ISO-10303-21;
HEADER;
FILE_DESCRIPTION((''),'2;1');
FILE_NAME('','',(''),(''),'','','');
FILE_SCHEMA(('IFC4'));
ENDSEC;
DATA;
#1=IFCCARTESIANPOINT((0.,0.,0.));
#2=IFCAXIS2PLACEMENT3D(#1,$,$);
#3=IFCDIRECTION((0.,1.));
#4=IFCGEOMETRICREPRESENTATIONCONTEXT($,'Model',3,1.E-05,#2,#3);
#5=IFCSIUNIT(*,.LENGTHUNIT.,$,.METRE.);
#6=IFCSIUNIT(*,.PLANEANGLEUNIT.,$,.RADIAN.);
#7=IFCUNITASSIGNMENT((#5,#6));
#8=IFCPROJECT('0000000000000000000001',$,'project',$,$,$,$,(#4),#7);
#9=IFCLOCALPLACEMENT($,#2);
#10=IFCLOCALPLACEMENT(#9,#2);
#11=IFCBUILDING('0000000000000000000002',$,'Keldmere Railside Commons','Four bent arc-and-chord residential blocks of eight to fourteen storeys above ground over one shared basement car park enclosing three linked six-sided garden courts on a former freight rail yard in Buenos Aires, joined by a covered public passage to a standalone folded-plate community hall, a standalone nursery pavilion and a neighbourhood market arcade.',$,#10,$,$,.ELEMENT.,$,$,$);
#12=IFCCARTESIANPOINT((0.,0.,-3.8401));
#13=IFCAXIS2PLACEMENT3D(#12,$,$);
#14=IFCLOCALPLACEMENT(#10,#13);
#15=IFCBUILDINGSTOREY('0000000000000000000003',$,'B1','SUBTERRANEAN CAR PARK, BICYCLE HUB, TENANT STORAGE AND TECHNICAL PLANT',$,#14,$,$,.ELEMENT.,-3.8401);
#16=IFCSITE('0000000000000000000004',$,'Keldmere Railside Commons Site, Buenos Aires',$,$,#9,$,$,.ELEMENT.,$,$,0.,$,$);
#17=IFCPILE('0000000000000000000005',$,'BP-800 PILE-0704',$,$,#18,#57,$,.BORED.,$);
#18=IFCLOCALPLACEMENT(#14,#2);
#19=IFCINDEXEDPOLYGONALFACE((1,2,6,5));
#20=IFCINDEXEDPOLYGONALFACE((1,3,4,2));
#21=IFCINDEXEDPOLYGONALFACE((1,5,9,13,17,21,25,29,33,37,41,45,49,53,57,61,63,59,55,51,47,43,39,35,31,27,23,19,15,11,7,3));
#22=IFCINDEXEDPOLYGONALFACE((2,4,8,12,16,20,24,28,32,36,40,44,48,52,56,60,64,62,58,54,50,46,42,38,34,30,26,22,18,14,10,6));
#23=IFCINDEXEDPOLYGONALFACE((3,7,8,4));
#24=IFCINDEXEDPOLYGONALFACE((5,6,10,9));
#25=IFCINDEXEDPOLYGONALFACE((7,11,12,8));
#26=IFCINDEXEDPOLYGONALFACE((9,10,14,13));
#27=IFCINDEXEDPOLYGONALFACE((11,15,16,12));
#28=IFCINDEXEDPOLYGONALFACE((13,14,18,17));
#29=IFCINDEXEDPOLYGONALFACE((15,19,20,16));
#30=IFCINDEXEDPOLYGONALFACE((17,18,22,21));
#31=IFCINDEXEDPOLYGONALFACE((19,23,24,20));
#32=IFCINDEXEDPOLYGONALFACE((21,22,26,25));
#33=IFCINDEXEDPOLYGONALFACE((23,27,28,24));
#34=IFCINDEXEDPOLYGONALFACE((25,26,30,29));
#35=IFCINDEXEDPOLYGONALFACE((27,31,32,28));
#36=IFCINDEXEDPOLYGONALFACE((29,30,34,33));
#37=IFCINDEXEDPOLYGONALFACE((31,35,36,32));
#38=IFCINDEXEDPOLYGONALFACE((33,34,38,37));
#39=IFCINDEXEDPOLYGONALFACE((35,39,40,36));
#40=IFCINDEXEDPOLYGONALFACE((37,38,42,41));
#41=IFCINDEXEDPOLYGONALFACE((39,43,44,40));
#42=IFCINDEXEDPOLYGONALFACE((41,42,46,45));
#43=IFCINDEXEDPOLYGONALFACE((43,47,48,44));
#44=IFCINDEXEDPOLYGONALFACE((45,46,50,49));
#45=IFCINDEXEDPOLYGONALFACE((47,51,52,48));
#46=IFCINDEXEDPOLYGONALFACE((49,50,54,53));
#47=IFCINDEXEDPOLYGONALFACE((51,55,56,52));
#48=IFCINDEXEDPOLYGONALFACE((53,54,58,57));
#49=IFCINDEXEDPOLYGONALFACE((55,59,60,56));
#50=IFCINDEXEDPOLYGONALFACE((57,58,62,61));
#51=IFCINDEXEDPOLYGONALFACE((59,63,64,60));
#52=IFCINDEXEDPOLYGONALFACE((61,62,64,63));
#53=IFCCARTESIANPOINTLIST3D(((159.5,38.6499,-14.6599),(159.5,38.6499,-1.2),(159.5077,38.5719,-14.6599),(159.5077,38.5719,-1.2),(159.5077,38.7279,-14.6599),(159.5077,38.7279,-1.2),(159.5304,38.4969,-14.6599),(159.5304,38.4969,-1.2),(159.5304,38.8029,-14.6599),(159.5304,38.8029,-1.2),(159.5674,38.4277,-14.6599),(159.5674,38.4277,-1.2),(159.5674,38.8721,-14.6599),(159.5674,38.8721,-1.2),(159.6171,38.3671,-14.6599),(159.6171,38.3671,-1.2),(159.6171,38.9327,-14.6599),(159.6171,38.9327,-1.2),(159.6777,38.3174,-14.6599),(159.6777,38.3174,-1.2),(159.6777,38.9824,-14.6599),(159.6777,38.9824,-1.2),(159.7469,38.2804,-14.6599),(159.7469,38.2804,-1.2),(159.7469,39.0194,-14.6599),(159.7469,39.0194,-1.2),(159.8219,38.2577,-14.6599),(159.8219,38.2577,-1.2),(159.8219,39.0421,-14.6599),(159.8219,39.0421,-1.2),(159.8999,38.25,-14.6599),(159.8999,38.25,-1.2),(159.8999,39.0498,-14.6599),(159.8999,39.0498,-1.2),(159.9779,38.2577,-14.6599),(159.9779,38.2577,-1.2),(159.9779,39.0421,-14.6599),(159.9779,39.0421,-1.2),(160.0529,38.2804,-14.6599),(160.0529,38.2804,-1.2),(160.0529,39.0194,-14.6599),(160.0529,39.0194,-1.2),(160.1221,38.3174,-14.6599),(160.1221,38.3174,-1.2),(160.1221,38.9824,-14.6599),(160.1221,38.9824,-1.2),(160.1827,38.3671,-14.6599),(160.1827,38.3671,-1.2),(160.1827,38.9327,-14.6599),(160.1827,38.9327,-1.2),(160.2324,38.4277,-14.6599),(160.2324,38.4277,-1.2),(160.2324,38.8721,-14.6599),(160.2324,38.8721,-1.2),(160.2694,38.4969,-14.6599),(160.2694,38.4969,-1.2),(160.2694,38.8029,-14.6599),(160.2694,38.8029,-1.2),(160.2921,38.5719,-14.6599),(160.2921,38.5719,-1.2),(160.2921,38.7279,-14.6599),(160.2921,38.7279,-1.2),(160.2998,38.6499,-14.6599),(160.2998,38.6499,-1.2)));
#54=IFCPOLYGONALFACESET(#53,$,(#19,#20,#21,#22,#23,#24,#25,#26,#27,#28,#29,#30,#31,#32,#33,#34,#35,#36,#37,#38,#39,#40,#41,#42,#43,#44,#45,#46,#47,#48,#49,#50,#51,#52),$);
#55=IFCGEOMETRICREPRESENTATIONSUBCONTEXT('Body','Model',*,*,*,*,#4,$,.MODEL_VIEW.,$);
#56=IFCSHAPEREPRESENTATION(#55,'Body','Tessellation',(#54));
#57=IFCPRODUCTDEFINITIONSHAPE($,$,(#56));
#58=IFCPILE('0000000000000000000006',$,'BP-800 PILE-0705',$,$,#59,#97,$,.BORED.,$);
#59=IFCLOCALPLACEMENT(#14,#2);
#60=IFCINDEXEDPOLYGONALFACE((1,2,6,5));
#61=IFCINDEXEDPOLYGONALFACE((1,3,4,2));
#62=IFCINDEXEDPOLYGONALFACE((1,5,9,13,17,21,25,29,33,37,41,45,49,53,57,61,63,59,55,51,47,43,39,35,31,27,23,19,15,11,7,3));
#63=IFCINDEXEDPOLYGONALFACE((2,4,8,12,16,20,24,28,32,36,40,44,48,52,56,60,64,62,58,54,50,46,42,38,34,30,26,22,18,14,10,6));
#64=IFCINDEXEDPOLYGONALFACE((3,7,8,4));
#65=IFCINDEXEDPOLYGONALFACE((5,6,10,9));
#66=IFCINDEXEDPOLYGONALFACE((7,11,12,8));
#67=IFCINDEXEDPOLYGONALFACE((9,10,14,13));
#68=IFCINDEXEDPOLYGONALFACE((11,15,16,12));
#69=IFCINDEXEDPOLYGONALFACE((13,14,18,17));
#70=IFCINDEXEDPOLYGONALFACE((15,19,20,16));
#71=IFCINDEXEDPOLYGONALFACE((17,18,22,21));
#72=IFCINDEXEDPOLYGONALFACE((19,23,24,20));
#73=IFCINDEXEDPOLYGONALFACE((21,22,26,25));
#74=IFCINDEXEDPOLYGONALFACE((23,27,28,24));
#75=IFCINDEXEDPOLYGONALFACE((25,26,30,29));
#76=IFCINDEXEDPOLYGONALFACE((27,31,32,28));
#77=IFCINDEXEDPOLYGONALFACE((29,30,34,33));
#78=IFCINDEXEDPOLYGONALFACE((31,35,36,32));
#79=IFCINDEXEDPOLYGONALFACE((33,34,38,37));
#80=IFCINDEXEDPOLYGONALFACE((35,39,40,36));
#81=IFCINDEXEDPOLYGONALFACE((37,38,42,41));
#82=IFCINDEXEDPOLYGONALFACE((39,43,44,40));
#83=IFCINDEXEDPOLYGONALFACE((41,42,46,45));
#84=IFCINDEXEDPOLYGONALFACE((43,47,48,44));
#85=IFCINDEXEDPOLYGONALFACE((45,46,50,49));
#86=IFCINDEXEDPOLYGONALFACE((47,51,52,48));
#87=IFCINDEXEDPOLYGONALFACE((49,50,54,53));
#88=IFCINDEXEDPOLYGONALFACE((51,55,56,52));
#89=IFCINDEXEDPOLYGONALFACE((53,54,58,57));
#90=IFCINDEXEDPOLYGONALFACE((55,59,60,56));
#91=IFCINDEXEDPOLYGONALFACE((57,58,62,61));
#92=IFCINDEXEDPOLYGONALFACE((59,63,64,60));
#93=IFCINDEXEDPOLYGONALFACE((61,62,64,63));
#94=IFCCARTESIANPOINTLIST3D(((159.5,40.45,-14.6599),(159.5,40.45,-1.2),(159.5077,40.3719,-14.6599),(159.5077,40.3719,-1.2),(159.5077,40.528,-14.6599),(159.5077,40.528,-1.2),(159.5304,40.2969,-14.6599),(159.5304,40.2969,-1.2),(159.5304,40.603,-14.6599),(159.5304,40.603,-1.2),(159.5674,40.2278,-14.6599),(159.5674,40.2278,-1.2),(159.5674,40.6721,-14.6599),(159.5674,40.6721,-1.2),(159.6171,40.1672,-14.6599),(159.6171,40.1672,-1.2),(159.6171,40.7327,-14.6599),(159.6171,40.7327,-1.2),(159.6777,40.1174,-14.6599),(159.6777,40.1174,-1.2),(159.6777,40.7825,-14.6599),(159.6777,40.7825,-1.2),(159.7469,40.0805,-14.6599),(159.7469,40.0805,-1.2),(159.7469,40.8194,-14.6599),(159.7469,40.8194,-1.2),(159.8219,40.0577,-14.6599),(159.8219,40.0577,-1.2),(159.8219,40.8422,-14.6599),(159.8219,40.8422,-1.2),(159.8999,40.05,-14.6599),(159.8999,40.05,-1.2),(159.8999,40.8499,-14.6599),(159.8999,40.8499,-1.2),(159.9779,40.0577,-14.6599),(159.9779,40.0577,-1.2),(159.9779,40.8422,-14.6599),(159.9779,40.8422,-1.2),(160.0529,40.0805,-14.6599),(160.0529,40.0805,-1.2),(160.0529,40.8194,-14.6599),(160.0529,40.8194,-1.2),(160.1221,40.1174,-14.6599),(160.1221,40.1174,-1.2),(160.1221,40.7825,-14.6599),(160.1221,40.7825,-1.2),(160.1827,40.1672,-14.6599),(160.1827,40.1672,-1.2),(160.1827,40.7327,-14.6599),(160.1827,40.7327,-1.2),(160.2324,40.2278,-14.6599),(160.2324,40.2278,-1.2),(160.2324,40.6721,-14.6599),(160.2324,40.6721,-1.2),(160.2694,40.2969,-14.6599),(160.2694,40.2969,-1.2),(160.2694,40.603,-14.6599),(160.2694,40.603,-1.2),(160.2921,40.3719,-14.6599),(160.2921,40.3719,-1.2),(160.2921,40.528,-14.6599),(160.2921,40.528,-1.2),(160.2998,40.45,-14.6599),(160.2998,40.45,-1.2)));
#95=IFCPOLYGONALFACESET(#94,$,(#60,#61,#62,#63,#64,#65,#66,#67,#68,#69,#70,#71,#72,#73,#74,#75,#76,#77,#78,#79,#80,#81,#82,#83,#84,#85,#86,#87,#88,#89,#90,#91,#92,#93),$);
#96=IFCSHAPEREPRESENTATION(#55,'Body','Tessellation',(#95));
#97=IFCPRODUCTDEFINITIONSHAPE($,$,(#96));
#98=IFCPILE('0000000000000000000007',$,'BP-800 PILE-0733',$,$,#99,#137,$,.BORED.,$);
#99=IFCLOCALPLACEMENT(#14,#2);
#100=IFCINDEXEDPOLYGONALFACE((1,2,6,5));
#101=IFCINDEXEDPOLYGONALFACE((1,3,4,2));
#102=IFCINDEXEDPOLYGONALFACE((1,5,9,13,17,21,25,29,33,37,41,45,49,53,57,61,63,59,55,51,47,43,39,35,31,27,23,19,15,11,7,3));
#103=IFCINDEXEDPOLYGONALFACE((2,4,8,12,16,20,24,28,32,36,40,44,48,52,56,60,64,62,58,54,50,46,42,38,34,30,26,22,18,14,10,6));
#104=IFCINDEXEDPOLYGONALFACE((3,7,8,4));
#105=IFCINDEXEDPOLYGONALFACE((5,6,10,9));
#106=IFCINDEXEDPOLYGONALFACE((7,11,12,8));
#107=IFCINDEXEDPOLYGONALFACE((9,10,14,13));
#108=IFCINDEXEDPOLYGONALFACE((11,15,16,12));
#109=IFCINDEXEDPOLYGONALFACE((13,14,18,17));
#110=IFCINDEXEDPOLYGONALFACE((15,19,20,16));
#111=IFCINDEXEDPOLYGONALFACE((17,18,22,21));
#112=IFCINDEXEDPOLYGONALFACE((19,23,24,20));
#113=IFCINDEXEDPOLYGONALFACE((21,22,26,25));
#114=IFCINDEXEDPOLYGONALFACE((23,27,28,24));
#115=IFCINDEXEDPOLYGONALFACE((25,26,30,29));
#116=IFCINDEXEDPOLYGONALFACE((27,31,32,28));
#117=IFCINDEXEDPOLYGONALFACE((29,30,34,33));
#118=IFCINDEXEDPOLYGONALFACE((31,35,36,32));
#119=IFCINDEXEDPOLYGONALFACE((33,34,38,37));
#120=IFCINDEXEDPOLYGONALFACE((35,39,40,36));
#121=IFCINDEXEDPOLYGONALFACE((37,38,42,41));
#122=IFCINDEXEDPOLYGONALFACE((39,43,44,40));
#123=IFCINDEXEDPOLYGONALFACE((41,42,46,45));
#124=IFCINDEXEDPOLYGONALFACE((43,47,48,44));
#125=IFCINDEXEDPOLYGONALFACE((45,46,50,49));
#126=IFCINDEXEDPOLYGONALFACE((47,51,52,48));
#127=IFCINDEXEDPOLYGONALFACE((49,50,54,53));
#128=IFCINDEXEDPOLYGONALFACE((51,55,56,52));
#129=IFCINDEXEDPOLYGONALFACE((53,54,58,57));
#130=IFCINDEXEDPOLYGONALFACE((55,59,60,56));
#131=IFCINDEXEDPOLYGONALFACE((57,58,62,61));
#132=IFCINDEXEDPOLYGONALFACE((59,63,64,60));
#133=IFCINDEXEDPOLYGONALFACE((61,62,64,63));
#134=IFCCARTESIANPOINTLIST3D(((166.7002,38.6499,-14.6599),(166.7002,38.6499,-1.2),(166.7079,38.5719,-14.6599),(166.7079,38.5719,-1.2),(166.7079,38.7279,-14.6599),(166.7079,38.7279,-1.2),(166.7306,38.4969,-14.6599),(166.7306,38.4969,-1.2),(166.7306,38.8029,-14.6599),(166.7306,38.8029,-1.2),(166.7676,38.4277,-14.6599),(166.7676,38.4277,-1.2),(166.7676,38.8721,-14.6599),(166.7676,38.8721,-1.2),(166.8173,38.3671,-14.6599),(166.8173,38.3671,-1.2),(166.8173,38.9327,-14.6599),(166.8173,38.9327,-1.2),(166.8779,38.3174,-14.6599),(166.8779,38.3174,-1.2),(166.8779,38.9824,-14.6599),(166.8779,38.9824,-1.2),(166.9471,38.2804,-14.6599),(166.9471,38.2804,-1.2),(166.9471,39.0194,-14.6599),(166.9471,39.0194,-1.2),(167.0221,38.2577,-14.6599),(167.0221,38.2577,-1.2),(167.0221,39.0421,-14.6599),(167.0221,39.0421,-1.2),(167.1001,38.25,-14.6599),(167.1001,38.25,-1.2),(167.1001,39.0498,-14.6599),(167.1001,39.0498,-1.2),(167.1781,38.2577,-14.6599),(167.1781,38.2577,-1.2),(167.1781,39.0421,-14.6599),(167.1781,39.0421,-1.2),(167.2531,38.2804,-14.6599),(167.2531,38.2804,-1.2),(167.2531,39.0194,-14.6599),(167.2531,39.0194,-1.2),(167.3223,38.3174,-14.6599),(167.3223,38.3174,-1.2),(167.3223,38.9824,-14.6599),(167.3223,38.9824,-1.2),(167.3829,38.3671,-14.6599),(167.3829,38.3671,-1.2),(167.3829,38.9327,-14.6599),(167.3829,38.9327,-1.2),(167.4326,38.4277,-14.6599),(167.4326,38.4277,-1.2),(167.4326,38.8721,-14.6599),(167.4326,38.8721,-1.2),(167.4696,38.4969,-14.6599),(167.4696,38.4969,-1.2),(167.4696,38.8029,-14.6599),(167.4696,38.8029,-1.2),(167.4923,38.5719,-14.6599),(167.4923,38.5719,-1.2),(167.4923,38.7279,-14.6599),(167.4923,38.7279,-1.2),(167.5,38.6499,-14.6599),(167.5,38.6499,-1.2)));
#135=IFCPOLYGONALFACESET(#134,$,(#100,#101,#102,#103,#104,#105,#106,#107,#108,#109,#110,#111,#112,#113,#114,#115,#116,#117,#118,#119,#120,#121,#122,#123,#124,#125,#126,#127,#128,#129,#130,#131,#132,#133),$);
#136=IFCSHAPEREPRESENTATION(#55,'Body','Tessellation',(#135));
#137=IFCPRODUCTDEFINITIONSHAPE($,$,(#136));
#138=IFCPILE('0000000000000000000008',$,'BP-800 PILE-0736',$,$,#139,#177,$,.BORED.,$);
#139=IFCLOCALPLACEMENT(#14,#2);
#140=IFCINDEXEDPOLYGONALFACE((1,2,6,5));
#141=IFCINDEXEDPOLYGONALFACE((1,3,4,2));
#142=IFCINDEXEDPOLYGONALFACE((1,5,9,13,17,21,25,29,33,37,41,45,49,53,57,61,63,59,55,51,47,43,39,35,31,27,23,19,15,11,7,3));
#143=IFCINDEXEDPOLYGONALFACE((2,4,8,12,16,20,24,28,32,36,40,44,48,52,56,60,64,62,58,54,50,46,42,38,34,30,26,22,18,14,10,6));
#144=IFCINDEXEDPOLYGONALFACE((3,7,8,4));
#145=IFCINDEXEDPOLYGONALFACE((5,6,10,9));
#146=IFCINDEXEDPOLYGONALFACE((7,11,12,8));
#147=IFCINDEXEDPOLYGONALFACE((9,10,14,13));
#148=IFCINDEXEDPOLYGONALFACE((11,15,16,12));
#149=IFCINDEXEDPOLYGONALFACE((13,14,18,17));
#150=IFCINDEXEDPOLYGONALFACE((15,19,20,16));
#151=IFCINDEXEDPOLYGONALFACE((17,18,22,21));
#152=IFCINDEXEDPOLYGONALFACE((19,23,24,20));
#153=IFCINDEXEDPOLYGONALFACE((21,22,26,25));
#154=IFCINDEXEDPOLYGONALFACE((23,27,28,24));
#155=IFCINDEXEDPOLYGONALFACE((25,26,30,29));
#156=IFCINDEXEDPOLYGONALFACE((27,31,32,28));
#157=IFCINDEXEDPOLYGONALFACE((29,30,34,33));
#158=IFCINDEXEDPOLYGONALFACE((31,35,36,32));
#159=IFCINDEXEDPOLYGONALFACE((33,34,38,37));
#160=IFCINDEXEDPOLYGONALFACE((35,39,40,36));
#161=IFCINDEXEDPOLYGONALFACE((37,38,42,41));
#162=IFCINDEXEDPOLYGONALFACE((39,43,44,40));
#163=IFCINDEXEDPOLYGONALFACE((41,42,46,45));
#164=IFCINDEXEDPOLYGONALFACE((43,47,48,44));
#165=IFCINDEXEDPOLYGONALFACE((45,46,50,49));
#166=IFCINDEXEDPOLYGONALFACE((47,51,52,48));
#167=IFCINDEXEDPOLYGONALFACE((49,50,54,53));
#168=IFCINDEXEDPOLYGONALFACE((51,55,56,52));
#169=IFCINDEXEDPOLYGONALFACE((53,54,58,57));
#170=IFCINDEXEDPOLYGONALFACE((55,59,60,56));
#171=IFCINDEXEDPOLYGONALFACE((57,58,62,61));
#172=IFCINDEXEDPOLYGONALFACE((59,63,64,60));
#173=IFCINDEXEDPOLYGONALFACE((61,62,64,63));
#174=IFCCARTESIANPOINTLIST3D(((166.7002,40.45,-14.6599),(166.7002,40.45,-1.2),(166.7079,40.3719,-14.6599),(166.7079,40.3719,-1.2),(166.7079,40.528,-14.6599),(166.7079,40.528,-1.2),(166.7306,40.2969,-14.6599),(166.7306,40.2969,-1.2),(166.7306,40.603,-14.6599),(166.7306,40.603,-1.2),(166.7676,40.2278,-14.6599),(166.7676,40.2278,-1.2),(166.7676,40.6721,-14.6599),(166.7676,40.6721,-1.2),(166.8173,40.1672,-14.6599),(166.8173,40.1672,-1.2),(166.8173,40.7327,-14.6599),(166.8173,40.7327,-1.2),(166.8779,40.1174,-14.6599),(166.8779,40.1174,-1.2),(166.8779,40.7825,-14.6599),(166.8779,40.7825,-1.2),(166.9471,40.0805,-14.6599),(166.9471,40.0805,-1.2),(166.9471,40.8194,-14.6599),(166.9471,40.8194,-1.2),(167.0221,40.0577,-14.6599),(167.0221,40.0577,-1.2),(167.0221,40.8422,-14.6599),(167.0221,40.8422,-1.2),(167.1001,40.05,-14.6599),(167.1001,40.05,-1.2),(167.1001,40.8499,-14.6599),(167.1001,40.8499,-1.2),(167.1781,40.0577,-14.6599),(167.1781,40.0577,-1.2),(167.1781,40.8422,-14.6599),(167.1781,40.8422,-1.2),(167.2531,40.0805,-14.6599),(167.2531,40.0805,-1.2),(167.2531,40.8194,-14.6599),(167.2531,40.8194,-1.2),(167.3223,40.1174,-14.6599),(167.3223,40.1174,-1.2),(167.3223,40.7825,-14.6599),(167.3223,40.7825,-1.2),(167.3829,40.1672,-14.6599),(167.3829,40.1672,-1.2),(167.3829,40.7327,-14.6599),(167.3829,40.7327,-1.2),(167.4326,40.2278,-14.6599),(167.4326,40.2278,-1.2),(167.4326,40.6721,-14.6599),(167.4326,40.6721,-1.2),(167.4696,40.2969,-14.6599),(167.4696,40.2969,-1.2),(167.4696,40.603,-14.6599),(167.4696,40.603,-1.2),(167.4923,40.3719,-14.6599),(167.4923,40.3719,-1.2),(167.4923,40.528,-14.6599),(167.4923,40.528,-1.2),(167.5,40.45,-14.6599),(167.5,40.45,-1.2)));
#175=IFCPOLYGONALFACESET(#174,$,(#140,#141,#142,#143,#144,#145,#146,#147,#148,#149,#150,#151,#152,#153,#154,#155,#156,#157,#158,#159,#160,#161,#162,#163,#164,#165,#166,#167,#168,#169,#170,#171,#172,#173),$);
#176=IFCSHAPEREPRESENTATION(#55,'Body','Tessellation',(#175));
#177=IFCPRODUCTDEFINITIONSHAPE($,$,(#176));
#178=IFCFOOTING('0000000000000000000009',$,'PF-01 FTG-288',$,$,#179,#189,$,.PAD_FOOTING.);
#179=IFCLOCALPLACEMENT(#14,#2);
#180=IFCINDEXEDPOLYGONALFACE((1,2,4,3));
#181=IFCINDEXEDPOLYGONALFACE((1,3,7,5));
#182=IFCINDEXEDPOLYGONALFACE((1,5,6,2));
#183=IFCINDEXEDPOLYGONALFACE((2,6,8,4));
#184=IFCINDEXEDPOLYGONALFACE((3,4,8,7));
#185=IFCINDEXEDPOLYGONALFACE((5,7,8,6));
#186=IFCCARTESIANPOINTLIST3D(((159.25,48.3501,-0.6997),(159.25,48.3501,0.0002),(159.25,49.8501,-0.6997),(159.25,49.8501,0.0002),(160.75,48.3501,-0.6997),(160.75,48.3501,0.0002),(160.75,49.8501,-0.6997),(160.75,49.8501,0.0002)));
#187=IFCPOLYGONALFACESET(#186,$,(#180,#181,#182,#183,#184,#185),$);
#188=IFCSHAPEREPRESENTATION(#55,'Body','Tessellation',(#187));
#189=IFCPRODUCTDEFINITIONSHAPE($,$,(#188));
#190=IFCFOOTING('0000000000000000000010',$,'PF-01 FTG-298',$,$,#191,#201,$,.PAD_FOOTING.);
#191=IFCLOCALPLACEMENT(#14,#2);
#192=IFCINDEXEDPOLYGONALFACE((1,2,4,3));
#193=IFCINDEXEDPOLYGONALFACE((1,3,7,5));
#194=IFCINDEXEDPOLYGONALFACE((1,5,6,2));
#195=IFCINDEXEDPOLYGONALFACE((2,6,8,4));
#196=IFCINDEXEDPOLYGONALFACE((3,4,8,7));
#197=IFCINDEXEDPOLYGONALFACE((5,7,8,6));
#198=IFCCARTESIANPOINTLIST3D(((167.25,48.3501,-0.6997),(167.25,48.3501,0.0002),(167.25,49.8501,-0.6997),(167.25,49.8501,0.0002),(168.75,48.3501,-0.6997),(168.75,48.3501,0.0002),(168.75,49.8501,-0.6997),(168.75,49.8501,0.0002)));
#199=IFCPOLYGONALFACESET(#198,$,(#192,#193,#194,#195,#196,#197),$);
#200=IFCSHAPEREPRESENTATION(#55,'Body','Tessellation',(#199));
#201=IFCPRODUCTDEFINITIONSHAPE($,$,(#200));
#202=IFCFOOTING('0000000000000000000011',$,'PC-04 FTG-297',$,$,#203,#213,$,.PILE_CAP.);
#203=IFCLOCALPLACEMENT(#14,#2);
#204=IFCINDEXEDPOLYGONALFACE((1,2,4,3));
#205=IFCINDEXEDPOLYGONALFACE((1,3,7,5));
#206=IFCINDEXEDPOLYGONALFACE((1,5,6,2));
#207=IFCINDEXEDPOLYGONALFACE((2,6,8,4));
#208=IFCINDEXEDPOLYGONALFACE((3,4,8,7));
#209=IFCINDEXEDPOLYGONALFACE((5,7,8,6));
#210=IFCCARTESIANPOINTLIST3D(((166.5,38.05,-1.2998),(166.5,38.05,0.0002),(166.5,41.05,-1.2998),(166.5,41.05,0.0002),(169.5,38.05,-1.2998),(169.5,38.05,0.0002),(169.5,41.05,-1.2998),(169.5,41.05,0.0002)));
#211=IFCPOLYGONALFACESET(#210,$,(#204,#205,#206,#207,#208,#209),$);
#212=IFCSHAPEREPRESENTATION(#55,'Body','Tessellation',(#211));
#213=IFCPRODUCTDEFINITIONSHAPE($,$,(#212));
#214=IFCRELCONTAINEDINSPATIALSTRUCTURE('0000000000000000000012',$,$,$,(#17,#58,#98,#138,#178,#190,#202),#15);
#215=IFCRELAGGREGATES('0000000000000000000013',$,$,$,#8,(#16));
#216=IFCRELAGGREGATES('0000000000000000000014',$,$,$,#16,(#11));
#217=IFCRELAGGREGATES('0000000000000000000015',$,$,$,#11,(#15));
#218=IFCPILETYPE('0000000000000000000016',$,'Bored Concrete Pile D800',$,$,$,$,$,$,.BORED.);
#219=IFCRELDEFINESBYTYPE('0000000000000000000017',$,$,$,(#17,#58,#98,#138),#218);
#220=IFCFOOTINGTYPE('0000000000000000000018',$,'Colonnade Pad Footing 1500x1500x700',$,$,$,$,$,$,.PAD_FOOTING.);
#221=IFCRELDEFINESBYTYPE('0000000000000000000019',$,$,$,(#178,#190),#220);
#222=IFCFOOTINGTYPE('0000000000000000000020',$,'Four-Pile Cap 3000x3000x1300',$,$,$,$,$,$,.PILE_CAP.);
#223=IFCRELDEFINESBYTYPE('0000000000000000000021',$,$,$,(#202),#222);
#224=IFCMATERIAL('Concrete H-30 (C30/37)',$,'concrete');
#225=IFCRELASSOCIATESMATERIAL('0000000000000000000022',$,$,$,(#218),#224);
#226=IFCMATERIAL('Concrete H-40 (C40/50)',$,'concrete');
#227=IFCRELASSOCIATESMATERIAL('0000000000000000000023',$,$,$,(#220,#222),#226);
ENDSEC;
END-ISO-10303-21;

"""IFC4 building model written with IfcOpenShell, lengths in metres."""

from ifc_helpers import new_model, si_unit, direction, frame, origin, origin_2d, place, context, subcontext, project, spatial, rectangle, circle, extrude, material, material_profile, profile_set, type_object, element, save


model = new_model("IFC4")

# Units and contexts
model_context = context("Model", 3, precision=1e-05, world=origin(), true_north=direction((0.0, 1.0)))
body_context = subcontext(model_context, "Body", "Model", "MODEL_VIEW")
ifc_project = project(units=[si_unit("LENGTHUNIT", "METRE"), si_unit("PLANEANGLEUNIT", "RADIAN")], contexts=[model_context])

# Site, building, storey
site_placement = place(None, origin())
site = spatial("IfcSite", under=ifc_project, at=site_placement, Name="Keldmere Railside Commons Site, Buenos Aires", CompositionType="ELEMENT", RefElevation=0.0)
building_placement = place(site_placement, origin())
building = spatial("IfcBuilding", under=site, at=building_placement, Name="Keldmere Railside Commons", Description="Four bent arc-and-chord residential blocks of eight to fourteen storeys above ground over one shared basement car park enclosing three linked six-sided garden courts on a former freight rail yard in Buenos Aires, joined by a covered public passage to a standalone folded-plate community hall, a standalone nursery pavilion and a neighbourhood market arcade.", CompositionType="ELEMENT")
storey_placement = place(building_placement, frame((0.0, 0.0, -3.8401)))
storey = spatial("IfcBuildingStorey", under=building, at=storey_placement, Name="B1", Description="SUBTERRANEAN CAR PARK, BICYCLE HUB, TENANT STORAGE AND TECHNICAL PLANT", CompositionType="ELEMENT", Elevation=-3.8401)

# Piles
ifc_material_1 = material(Name="Concrete H-30 (C30/37)", Category="concrete")
ifc_material_profile_1 = material_profile(ifc_material_1, circle(Radius=0.3999, at=origin_2d()), Name="PILE-D800")
ifc_profile_set_1 = profile_set([ifc_material_profile_1], Name="Concrete H-30 (C30/37)")
pile_type = type_object("IfcPileType", Name="Bored Concrete Pile D800", PredefinedType="BORED", material=ifc_profile_set_1)
for number, where, z_axis, x_axis, name in (
    (1, (159.8999, 38.6499, -1.2), (0.0, 0.0, -1.0), (1.0, 0.0, 0.0), "BP-800 PILE-0704"),
    (2, (159.8999, 40.45, -1.2), (0.0, 0.0, -1.0), (1.0, 0.0, 0.0), "BP-800 PILE-0705"),
    (3, (167.1001, 38.6499, -1.2), (0.0, 0.0, -1.0), (1.0, 0.0, 0.0), "BP-800 PILE-0733"),
    (4, (167.1001, 40.45, -1.2), (0.0, 0.0, -1.0), (1.0, 0.0, 0.0), "BP-800 PILE-0736"),
):
    element("IfcPile", number, at=place(storey_placement, frame(where, z_axis=z_axis, x_axis=x_axis)), inside=storey, type_object=pile_type, Name=name, PredefinedType="BORED", context=body_context, shape_type="SweptSolid", body=[
        extrude(circle(Radius=0.3999, at=origin_2d()), origin(), (0.0, 0.0, 1.0), 13.46),
    ])

# Footings
ifc_material_2 = material(Name="Concrete H-40 (C40/50)", Category="concrete")
footing_type_1 = type_object("IfcFootingType", Name="Colonnade Pad Footing 1500x1500x700", PredefinedType="PAD_FOOTING", material=ifc_material_2)
for number, where, z_axis, x_axis, name in (
    (5, (160.0, 49.1001, -0.6997), (0.0, 0.0, 1.0), (1.0, 0.0, 0.0), "PF-01 FTG-288"),
    (6, (168.0, 49.1001, -0.6997), (0.0, 0.0, 1.0), (1.0, 0.0, 0.0), "PF-01 FTG-298"),
):
    element("IfcFooting", number, at=place(storey_placement, frame(where, z_axis=z_axis, x_axis=x_axis)), inside=storey, type_object=footing_type_1, Name=name, PredefinedType="PAD_FOOTING", context=body_context, shape_type="SweptSolid", body=[
        extrude(rectangle(XDim=1.5, YDim=1.5, at=origin_2d()), origin(), (0.0, 0.0, 1.0), 0.7),
    ])
footing_type_2 = type_object("IfcFootingType", Name="Four-Pile Cap 3000x3000x1300", PredefinedType="PILE_CAP", material=ifc_material_2)
footing_1_placement = place(storey_placement, frame((168.0, 39.55, -1.2998), z_axis=(0.0, 0.0, 1.0), x_axis=(1.0, 0.0, 0.0)))
element("IfcFooting", 7, at=footing_1_placement, inside=storey, type_object=footing_type_2, Name="PC-04 FTG-297", PredefinedType="PILE_CAP", context=body_context, shape_type="SweptSolid", body=[
    extrude(rectangle(XDim=3.0, YDim=3.0, at=origin_2d()), origin(), (0.0, 0.0, 1.0), 1.3),
])

save(model, "model.ifc")
